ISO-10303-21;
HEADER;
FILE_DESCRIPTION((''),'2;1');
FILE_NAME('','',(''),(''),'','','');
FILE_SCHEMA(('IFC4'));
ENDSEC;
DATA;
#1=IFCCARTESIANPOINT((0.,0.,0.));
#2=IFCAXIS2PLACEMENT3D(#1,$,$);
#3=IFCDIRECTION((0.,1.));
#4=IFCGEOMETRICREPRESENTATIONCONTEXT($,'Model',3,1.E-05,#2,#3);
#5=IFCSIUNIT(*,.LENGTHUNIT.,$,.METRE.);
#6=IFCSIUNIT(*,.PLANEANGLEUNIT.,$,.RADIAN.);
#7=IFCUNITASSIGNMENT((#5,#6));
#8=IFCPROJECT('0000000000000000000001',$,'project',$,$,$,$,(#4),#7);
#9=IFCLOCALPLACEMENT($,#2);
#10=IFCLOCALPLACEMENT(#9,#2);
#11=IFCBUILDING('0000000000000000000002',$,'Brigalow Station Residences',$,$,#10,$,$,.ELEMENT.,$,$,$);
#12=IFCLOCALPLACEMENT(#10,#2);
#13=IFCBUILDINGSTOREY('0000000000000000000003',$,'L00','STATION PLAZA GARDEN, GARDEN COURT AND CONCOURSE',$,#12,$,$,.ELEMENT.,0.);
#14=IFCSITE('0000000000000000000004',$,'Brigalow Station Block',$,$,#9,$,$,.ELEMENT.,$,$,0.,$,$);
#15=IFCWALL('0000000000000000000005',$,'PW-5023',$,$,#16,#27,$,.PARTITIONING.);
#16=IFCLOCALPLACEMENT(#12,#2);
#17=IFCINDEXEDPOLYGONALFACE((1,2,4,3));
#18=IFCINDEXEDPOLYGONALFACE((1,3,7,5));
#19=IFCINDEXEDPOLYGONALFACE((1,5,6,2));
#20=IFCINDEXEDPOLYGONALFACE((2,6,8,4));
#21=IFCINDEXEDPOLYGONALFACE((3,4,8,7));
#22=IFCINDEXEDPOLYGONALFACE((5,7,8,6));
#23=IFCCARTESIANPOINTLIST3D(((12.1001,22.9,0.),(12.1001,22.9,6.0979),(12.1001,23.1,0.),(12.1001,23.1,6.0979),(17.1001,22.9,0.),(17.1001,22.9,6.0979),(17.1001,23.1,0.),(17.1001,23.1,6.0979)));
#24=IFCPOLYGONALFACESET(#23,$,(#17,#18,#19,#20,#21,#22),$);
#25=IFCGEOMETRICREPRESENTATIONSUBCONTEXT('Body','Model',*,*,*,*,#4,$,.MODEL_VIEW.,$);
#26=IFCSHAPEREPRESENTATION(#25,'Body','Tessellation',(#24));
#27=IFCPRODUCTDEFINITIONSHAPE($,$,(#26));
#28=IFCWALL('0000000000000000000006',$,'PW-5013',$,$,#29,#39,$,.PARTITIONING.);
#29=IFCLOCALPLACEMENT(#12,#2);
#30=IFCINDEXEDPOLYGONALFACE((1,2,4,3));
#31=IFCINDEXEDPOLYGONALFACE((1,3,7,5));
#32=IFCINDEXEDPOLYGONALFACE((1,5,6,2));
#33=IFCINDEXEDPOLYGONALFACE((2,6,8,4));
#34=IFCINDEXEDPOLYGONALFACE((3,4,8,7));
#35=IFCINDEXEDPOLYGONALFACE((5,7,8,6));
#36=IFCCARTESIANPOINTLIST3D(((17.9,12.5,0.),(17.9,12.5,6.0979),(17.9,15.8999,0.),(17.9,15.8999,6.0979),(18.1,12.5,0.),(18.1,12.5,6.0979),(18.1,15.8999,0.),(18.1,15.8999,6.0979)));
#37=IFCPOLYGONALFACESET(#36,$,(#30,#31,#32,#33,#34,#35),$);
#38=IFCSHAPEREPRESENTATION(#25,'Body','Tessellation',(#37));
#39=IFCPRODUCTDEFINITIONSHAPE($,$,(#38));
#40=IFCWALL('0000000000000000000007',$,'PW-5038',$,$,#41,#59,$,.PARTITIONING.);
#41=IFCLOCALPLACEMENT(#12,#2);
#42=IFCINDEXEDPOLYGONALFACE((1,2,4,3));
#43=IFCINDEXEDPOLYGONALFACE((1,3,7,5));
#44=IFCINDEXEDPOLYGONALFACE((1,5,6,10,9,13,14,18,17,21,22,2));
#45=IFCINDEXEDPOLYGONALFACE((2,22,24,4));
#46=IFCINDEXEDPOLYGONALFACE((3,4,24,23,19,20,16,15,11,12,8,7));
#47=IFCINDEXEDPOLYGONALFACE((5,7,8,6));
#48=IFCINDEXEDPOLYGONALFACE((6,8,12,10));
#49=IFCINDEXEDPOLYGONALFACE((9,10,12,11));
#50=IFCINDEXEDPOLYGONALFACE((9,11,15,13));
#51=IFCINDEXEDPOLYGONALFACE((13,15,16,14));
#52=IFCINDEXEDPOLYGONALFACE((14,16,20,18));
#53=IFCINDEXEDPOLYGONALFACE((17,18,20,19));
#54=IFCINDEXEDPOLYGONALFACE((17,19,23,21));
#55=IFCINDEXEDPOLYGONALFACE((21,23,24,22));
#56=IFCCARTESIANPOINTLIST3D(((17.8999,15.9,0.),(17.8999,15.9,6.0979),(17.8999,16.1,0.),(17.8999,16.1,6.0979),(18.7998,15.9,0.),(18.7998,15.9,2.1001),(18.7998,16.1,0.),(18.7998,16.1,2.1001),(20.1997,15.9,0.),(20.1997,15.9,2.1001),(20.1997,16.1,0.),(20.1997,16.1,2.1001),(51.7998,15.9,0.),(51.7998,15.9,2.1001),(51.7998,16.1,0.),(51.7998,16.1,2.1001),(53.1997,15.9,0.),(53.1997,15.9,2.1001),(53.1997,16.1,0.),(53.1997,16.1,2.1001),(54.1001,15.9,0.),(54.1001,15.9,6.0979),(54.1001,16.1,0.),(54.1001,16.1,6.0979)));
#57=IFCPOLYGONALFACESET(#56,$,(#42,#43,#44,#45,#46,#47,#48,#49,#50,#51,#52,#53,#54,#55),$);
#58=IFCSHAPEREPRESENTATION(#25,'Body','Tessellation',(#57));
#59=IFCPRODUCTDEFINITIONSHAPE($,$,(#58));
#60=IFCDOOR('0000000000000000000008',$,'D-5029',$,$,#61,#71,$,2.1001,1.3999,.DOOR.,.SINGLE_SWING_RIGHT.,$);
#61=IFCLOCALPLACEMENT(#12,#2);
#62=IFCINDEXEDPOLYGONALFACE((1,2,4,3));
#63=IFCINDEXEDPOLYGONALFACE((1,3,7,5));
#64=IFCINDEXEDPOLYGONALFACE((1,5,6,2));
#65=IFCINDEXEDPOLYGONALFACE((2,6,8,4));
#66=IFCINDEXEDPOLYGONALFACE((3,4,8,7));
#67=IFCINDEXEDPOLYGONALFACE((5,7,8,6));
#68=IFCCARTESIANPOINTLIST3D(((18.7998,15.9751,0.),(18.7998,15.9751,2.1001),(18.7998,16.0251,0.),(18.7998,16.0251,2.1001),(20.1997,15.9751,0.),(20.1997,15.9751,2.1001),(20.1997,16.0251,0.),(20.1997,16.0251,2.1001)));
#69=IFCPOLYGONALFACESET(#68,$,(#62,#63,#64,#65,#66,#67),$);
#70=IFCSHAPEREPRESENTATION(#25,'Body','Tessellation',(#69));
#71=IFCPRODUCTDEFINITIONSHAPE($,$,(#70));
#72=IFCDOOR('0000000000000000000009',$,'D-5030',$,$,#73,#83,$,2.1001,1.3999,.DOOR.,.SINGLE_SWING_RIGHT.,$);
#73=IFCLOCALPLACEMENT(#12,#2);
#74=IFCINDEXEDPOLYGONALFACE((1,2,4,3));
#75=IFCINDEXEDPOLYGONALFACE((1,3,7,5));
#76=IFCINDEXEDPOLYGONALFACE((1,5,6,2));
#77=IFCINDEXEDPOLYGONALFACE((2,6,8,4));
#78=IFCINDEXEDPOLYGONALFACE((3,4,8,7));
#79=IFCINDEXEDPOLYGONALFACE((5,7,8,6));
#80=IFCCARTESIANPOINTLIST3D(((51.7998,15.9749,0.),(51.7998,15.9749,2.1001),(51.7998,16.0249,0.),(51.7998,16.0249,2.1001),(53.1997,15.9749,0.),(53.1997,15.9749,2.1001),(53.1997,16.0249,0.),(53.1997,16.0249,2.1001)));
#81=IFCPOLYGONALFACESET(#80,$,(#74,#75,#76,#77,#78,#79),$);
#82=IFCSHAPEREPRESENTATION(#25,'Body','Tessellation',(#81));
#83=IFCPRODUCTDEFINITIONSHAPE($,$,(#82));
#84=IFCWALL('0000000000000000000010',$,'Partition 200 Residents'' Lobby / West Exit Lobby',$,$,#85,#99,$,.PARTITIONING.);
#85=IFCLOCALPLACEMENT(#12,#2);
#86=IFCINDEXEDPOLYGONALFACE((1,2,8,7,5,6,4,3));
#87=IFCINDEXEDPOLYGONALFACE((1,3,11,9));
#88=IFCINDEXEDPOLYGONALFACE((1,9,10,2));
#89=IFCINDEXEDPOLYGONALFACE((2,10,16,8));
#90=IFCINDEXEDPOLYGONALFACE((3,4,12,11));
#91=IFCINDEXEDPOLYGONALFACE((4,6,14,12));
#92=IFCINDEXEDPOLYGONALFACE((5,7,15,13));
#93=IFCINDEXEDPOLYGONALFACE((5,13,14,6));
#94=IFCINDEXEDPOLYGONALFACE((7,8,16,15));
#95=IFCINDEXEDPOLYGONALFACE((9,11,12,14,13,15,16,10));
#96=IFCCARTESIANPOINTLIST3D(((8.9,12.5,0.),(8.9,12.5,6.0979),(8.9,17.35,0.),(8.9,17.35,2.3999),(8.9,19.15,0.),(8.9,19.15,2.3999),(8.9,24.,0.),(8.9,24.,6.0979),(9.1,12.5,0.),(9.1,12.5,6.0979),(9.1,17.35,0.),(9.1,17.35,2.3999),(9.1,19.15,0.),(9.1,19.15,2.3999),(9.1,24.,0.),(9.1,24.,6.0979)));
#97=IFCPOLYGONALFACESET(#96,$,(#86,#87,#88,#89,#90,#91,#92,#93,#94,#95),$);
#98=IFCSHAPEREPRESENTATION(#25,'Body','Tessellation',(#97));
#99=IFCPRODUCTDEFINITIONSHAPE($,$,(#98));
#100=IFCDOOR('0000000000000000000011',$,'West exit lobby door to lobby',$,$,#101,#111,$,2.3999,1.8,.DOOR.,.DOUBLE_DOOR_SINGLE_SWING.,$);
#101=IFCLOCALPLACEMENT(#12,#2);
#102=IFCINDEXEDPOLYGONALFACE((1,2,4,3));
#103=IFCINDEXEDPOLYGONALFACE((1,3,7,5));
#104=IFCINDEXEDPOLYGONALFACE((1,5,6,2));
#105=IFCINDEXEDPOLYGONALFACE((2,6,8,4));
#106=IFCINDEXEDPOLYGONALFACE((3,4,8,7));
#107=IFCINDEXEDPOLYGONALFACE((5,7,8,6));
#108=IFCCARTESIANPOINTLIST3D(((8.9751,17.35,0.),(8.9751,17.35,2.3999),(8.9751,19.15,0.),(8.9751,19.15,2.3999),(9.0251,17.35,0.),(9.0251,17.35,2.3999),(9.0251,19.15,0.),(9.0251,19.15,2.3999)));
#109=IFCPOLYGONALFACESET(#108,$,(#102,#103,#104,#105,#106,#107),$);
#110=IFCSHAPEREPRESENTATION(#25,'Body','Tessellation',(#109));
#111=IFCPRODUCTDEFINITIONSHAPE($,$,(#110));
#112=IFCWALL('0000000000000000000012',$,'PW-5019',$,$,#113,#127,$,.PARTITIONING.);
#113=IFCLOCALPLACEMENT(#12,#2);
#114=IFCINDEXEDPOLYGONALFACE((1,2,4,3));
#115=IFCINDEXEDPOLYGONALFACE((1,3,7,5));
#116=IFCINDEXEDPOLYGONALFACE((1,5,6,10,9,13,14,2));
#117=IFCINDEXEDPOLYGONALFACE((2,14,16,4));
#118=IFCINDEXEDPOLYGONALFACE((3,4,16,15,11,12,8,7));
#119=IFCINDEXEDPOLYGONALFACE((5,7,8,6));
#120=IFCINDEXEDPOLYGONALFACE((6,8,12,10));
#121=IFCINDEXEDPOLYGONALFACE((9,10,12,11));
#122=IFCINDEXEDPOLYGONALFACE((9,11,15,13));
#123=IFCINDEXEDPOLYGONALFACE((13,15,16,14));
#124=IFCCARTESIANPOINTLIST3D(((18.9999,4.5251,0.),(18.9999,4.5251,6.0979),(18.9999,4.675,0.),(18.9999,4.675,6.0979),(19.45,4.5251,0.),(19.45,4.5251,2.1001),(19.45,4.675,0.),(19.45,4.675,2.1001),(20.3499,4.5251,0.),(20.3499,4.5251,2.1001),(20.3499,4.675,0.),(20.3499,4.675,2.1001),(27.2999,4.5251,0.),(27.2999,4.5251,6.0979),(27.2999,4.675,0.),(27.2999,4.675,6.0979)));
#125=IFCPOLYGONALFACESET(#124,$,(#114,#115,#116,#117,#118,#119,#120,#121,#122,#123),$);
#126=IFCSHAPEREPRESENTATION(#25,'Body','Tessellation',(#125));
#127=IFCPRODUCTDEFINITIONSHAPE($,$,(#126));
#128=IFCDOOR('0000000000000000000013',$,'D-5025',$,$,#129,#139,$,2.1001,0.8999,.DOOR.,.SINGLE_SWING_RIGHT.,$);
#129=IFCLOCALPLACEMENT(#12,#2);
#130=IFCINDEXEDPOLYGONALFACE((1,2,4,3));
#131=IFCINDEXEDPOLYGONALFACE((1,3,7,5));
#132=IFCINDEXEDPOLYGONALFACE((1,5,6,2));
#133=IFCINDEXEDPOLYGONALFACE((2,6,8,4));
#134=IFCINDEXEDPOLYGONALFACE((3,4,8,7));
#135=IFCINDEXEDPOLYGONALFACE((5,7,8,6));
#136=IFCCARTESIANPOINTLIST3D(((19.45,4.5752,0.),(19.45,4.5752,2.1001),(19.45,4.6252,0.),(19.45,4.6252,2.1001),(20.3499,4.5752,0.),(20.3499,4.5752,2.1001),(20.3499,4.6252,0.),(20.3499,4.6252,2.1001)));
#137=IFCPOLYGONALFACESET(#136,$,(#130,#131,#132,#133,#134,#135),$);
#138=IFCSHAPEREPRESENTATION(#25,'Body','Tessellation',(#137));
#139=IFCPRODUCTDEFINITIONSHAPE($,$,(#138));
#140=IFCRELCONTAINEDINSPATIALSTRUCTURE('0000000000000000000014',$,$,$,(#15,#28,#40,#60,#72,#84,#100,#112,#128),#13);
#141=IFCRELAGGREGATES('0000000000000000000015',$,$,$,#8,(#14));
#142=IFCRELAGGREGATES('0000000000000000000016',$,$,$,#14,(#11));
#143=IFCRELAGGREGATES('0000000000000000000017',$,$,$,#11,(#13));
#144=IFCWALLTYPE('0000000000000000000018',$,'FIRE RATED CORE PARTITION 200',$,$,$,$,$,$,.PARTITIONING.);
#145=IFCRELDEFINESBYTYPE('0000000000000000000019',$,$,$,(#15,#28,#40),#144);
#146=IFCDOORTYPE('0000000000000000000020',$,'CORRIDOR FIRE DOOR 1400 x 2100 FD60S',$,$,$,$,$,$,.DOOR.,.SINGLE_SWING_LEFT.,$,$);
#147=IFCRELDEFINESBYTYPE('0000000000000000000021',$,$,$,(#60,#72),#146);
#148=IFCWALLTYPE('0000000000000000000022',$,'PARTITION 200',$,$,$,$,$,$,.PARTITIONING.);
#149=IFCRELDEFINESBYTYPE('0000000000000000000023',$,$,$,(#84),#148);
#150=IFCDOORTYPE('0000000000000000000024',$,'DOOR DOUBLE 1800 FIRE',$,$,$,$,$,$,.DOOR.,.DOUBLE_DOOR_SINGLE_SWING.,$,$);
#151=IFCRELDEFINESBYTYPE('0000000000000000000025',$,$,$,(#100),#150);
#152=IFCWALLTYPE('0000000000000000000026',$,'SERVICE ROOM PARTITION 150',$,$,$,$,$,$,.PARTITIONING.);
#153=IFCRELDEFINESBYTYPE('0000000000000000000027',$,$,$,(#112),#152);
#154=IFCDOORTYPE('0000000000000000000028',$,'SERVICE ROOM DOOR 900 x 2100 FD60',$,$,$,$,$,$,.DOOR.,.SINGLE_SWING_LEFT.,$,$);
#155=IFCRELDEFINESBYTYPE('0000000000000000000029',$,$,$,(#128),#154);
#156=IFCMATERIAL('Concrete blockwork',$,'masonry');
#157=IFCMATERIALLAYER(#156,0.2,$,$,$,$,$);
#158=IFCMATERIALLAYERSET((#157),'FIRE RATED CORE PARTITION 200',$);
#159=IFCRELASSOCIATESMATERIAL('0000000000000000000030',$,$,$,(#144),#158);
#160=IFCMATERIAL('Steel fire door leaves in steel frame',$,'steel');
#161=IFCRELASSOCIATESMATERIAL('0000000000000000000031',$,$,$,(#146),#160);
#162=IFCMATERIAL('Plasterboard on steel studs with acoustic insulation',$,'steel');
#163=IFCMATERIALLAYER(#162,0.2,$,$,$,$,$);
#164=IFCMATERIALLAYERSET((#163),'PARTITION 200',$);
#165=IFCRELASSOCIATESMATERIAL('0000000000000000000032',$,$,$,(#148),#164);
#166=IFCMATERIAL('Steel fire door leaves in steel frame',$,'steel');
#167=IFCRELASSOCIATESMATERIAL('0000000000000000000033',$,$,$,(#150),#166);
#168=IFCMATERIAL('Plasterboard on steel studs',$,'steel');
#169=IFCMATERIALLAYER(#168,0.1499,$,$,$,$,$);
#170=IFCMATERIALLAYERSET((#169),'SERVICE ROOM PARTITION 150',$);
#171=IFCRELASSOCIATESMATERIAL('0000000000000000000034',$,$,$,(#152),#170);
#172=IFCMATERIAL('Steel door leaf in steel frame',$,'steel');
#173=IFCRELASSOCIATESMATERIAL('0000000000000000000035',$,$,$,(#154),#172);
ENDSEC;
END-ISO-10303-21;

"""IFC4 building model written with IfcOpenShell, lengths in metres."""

from ifc_helpers import new_model, si_unit, direction, frame, frame_2d, origin, place, context, subcontext, project, spatial, rectangle, extrude, material, layer, layer_set, type_object, element, fill, save


model = new_model("IFC4")

# Units and contexts
model_context = context("Model", 3, precision=1e-05, world=origin(), true_north=direction((0.0, 1.0)))
body_context = subcontext(model_context, "Body", "Model", "MODEL_VIEW")
ifc_project = project(units=[si_unit("LENGTHUNIT", "METRE"), si_unit("PLANEANGLEUNIT", "RADIAN")], contexts=[model_context])

# Site, building, storey
site_placement = place(None, origin())
site = spatial("IfcSite", under=ifc_project, at=site_placement, Name="Brigalow Station Block", CompositionType="ELEMENT", RefElevation=0.0)
building_placement = place(site_placement, origin())
building = spatial("IfcBuilding", under=site, at=building_placement, Name="Brigalow Station Residences", CompositionType="ELEMENT")
storey_placement = place(building_placement, origin())
storey = spatial("IfcBuildingStorey", under=building, at=storey_placement, Name="L00", Description="STATION PLAZA GARDEN, GARDEN COURT AND CONCOURSE", CompositionType="ELEMENT", Elevation=0.0)

# Walls
ifc_material_1 = material(Name="Concrete blockwork", Category="masonry")
ifc_layer_1 = layer(ifc_material_1, 0.2)
ifc_layer_set_1 = layer_set([ifc_layer_1], Name="FIRE RATED CORE PARTITION 200")
wall_type_1 = type_object("IfcWallType", Name="FIRE RATED CORE PARTITION 200", PredefinedType="PARTITIONING", material=ifc_layer_set_1)
wall_1_placement = place(storey_placement, frame((12.1001, 23.0, 0.0), z_axis=(0.0, 0.0, 1.0), x_axis=(1.0, 0.0, 0.0)))
element("IfcWall", 1, at=wall_1_placement, inside=storey, type_object=wall_type_1, Name="PW-5023", PredefinedType="PARTITIONING", context=body_context, shape_type="SweptSolid", body=[
    extrude(rectangle(XDim=5.0, YDim=0.2, at=frame_2d((2.5, 0.0))), origin(), (0.0, 0.0, 1.0), 6.0979),
])
wall_2_placement = place(storey_placement, frame((18.0, 12.5, 0.0), z_axis=(0.0, 0.0, 1.0), x_axis=(0.0, 1.0, 0.0)))
element("IfcWall", 2, at=wall_2_placement, inside=storey, type_object=wall_type_1, Name="PW-5013", PredefinedType="PARTITIONING", context=body_context, shape_type="SweptSolid", body=[
    extrude(rectangle(XDim=3.3999, YDim=0.2, at=frame_2d((1.7, 0.0))), origin(), (0.0, 0.0, 1.0), 6.0979),
])

# Wall, openings, doors
wall_3_placement = place(storey_placement, frame((17.8999, 16.0, 0.0), z_axis=(0.0, 0.0, 1.0), x_axis=(1.0, 0.0, 0.0)))
wall_3 = element("IfcWall", 3, at=wall_3_placement, inside=storey, type_object=wall_type_1, Name="PW-5038", PredefinedType="PARTITIONING", context=body_context, shape_type="SweptSolid", body=[
    extrude(rectangle(XDim=36.2002, YDim=0.2, at=frame_2d((18.1001, 0.0))), origin(), (0.0, 0.0, 1.0), 6.0979),
])
opening_1_placement = place(wall_3_placement, frame((0.8999, 0.0, 0.0)))
opening_1 = element("IfcOpeningElement", 4, at=opening_1_placement, cuts=wall_3, PredefinedType="OPENING", context=body_context, shape_type="SweptSolid", body=[
    extrude(rectangle(XDim=1.3999, YDim=2.1001, at=frame_2d((0.7, 1.05))), frame((0.0, 0.1099, 0.0), z_axis=(0.0, -1.0, 0.0), x_axis=(1.0, 0.0, 0.0)), (0.0, 0.0, 1.0), 0.22),
])
opening_2_placement = place(wall_3_placement, frame((33.8999, 0.0, 0.0)))
opening_2 = element("IfcOpeningElement", 5, at=opening_2_placement, cuts=wall_3, PredefinedType="OPENING", context=body_context, shape_type="SweptSolid", body=[
    extrude(rectangle(XDim=1.3999, YDim=2.1001, at=frame_2d((0.7, 1.05))), frame((0.0, 0.1099, 0.0), z_axis=(0.0, -1.0, 0.0), x_axis=(1.0, 0.0, 0.0)), (0.0, 0.0, 1.0), 0.22),
])
ifc_material_2 = material(Name="Steel fire door leaves in steel frame", Category="steel")
door_type_1 = type_object("IfcDoorType", Name="CORRIDOR FIRE DOOR 1400 x 2100 FD60S", OperationType="SINGLE_SWING_LEFT", PredefinedType="DOOR", material=ifc_material_2)
door_1_placement = place(opening_1_placement, frame((1.3999, 0.0, 0.0), z_axis=(0.0, 0.0, 1.0), x_axis=(-1.0, 0.0, 0.0)))
door_1 = element("IfcDoor", 6, at=door_1_placement, inside=storey, type_object=door_type_1, Name="D-5029", OperationType="SINGLE_SWING_RIGHT", OverallHeight=2.1001, OverallWidth=1.3999, PredefinedType="DOOR", context=body_context, shape_type="SweptSolid", body=[
    extrude(rectangle(XDim=1.3999, YDim=2.1001, at=frame_2d((0.7, 1.05))), frame((0.0, 0.0249, 0.0), z_axis=(0.0, -1.0, 0.0), x_axis=(1.0, 0.0, 0.0)), (0.0, 0.0, 1.0), 0.05),
])
fill(opening_1, door_1)
door_2_placement = place(opening_2_placement, origin())
door_2 = element("IfcDoor", 7, at=door_2_placement, inside=storey, type_object=door_type_1, Name="D-5030", OperationType="SINGLE_SWING_RIGHT", OverallHeight=2.1001, OverallWidth=1.3999, PredefinedType="DOOR", context=body_context, shape_type="SweptSolid", body=[
    extrude(rectangle(XDim=1.3999, YDim=2.1001, at=frame_2d((0.7, 1.05))), frame((0.0, 0.0249, 0.0), z_axis=(0.0, -1.0, 0.0), x_axis=(1.0, 0.0, 0.0)), (0.0, 0.0, 1.0), 0.05),
])
fill(opening_2, door_2)

# Walls, openings, doors
ifc_material_3 = material(Name="Plasterboard on steel studs with acoustic insulation", Category="steel")
ifc_layer_2 = layer(ifc_material_3, 0.2)
ifc_layer_set_2 = layer_set([ifc_layer_2], Name="PARTITION 200")
wall_type_2 = type_object("IfcWallType", Name="PARTITION 200", PredefinedType="PARTITIONING", material=ifc_layer_set_2)
wall_4_placement = place(storey_placement, frame((9.0, 12.5, 0.0), z_axis=(0.0, 0.0, 1.0), x_axis=(0.0, 1.0, 0.0)))
wall_4 = element("IfcWall", 8, at=wall_4_placement, inside=storey, type_object=wall_type_2, Name="Partition 200 Residents' Lobby / West Exit Lobby", PredefinedType="PARTITIONING", context=body_context, shape_type="SweptSolid", body=[
    extrude(rectangle(XDim=11.5, YDim=0.2, at=frame_2d((5.75, 0.0))), origin(), (0.0, 0.0, 1.0), 6.0979),
])
opening_3_placement = place(wall_4_placement, frame((4.8501, 0.0, 0.0)))
opening_3 = element("IfcOpeningElement", 9, at=opening_3_placement, cuts=wall_4, PredefinedType="OPENING", context=body_context, shape_type="SweptSolid", body=[
    extrude(rectangle(XDim=1.8, YDim=2.3999, at=frame_2d((0.8999, 1.2))), frame((0.0, 0.1099, 0.0), z_axis=(0.0, -1.0, 0.0), x_axis=(1.0, 0.0, 0.0)), (0.0, 0.0, 1.0), 0.22),
])
ifc_material_4 = material(Name="Steel fire door leaves in steel frame", Category="steel")
door_type_2 = type_object("IfcDoorType", Name="DOOR DOUBLE 1800 FIRE", OperationType="DOUBLE_DOOR_SINGLE_SWING", PredefinedType="DOOR", material=ifc_material_4)
door_3_placement = place(opening_3_placement, origin())
door_3 = element("IfcDoor", 10, at=door_3_placement, inside=storey, type_object=door_type_2, Name="West exit lobby door to lobby", OperationType="DOUBLE_DOOR_SINGLE_SWING", OverallHeight=2.3999, OverallWidth=1.8, PredefinedType="DOOR", context=body_context, shape_type="SweptSolid", body=[
    extrude(rectangle(XDim=1.8, YDim=2.3999, at=frame_2d((0.8999, 1.2))), frame((0.0, 0.0249, 0.0), z_axis=(0.0, -1.0, 0.0), x_axis=(1.0, 0.0, 0.0)), (0.0, 0.0, 1.0), 0.05),
])
fill(opening_3, door_3)
ifc_material_5 = material(Name="Plasterboard on steel studs", Category="steel")
ifc_layer_3 = layer(ifc_material_5, 0.1499)
ifc_layer_set_3 = layer_set([ifc_layer_3], Name="SERVICE ROOM PARTITION 150")
wall_type_3 = type_object("IfcWallType", Name="SERVICE ROOM PARTITION 150", PredefinedType="PARTITIONING", material=ifc_layer_set_3)
wall_5_placement = place(storey_placement, frame((19.0, 4.6001, 0.0), z_axis=(0.0, 0.0, 1.0), x_axis=(1.0, 0.0, 0.0)))
wall_5 = element("IfcWall", 11, at=wall_5_placement, inside=storey, type_object=wall_type_3, Name="PW-5019", PredefinedType="PARTITIONING", context=body_context, shape_type="SweptSolid", body=[
    extrude(rectangle(XDim=8.3, YDim=0.1499, at=frame_2d((4.1499, 0.0))), origin(), (0.0, 0.0, 1.0), 6.0979),
])
opening_4_placement = place(wall_5_placement, frame((0.45, 0.0, 0.0)))
opening_4 = element("IfcOpeningElement", 12, at=opening_4_placement, cuts=wall_5, PredefinedType="OPENING", context=body_context, shape_type="SweptSolid", body=[
    extrude(rectangle(XDim=0.8999, YDim=2.1001, at=frame_2d((0.45, 1.05))), frame((0.0, 0.085, 0.0), z_axis=(0.0, -1.0, 0.0), x_axis=(1.0, 0.0, 0.0)), (0.0, 0.0, 1.0), 0.1699),
])
ifc_material_6 = material(Name="Steel door leaf in steel frame", Category="steel")
door_type_3 = type_object("IfcDoorType", Name="SERVICE ROOM DOOR 900 x 2100 FD60", OperationType="SINGLE_SWING_LEFT", PredefinedType="DOOR", material=ifc_material_6)
door_4_placement = place(opening_4_placement, frame((0.8999, 0.0, 0.0), z_axis=(0.0, 0.0, 1.0), x_axis=(-1.0, 0.0, 0.0)))
door_4 = element("IfcDoor", 13, at=door_4_placement, inside=storey, type_object=door_type_3, Name="D-5025", OperationType="SINGLE_SWING_RIGHT", OverallHeight=2.1001, OverallWidth=0.8999, PredefinedType="DOOR", context=body_context, shape_type="SweptSolid", body=[
    extrude(rectangle(XDim=0.8999, YDim=2.1001, at=frame_2d((0.45, 1.05))), frame((0.0, 0.0249, 0.0), z_axis=(0.0, -1.0, 0.0), x_axis=(1.0, 0.0, 0.0)), (0.0, 0.0, 1.0), 0.05),
])
fill(opening_4, door_4)

save(model, "model.ifc")
